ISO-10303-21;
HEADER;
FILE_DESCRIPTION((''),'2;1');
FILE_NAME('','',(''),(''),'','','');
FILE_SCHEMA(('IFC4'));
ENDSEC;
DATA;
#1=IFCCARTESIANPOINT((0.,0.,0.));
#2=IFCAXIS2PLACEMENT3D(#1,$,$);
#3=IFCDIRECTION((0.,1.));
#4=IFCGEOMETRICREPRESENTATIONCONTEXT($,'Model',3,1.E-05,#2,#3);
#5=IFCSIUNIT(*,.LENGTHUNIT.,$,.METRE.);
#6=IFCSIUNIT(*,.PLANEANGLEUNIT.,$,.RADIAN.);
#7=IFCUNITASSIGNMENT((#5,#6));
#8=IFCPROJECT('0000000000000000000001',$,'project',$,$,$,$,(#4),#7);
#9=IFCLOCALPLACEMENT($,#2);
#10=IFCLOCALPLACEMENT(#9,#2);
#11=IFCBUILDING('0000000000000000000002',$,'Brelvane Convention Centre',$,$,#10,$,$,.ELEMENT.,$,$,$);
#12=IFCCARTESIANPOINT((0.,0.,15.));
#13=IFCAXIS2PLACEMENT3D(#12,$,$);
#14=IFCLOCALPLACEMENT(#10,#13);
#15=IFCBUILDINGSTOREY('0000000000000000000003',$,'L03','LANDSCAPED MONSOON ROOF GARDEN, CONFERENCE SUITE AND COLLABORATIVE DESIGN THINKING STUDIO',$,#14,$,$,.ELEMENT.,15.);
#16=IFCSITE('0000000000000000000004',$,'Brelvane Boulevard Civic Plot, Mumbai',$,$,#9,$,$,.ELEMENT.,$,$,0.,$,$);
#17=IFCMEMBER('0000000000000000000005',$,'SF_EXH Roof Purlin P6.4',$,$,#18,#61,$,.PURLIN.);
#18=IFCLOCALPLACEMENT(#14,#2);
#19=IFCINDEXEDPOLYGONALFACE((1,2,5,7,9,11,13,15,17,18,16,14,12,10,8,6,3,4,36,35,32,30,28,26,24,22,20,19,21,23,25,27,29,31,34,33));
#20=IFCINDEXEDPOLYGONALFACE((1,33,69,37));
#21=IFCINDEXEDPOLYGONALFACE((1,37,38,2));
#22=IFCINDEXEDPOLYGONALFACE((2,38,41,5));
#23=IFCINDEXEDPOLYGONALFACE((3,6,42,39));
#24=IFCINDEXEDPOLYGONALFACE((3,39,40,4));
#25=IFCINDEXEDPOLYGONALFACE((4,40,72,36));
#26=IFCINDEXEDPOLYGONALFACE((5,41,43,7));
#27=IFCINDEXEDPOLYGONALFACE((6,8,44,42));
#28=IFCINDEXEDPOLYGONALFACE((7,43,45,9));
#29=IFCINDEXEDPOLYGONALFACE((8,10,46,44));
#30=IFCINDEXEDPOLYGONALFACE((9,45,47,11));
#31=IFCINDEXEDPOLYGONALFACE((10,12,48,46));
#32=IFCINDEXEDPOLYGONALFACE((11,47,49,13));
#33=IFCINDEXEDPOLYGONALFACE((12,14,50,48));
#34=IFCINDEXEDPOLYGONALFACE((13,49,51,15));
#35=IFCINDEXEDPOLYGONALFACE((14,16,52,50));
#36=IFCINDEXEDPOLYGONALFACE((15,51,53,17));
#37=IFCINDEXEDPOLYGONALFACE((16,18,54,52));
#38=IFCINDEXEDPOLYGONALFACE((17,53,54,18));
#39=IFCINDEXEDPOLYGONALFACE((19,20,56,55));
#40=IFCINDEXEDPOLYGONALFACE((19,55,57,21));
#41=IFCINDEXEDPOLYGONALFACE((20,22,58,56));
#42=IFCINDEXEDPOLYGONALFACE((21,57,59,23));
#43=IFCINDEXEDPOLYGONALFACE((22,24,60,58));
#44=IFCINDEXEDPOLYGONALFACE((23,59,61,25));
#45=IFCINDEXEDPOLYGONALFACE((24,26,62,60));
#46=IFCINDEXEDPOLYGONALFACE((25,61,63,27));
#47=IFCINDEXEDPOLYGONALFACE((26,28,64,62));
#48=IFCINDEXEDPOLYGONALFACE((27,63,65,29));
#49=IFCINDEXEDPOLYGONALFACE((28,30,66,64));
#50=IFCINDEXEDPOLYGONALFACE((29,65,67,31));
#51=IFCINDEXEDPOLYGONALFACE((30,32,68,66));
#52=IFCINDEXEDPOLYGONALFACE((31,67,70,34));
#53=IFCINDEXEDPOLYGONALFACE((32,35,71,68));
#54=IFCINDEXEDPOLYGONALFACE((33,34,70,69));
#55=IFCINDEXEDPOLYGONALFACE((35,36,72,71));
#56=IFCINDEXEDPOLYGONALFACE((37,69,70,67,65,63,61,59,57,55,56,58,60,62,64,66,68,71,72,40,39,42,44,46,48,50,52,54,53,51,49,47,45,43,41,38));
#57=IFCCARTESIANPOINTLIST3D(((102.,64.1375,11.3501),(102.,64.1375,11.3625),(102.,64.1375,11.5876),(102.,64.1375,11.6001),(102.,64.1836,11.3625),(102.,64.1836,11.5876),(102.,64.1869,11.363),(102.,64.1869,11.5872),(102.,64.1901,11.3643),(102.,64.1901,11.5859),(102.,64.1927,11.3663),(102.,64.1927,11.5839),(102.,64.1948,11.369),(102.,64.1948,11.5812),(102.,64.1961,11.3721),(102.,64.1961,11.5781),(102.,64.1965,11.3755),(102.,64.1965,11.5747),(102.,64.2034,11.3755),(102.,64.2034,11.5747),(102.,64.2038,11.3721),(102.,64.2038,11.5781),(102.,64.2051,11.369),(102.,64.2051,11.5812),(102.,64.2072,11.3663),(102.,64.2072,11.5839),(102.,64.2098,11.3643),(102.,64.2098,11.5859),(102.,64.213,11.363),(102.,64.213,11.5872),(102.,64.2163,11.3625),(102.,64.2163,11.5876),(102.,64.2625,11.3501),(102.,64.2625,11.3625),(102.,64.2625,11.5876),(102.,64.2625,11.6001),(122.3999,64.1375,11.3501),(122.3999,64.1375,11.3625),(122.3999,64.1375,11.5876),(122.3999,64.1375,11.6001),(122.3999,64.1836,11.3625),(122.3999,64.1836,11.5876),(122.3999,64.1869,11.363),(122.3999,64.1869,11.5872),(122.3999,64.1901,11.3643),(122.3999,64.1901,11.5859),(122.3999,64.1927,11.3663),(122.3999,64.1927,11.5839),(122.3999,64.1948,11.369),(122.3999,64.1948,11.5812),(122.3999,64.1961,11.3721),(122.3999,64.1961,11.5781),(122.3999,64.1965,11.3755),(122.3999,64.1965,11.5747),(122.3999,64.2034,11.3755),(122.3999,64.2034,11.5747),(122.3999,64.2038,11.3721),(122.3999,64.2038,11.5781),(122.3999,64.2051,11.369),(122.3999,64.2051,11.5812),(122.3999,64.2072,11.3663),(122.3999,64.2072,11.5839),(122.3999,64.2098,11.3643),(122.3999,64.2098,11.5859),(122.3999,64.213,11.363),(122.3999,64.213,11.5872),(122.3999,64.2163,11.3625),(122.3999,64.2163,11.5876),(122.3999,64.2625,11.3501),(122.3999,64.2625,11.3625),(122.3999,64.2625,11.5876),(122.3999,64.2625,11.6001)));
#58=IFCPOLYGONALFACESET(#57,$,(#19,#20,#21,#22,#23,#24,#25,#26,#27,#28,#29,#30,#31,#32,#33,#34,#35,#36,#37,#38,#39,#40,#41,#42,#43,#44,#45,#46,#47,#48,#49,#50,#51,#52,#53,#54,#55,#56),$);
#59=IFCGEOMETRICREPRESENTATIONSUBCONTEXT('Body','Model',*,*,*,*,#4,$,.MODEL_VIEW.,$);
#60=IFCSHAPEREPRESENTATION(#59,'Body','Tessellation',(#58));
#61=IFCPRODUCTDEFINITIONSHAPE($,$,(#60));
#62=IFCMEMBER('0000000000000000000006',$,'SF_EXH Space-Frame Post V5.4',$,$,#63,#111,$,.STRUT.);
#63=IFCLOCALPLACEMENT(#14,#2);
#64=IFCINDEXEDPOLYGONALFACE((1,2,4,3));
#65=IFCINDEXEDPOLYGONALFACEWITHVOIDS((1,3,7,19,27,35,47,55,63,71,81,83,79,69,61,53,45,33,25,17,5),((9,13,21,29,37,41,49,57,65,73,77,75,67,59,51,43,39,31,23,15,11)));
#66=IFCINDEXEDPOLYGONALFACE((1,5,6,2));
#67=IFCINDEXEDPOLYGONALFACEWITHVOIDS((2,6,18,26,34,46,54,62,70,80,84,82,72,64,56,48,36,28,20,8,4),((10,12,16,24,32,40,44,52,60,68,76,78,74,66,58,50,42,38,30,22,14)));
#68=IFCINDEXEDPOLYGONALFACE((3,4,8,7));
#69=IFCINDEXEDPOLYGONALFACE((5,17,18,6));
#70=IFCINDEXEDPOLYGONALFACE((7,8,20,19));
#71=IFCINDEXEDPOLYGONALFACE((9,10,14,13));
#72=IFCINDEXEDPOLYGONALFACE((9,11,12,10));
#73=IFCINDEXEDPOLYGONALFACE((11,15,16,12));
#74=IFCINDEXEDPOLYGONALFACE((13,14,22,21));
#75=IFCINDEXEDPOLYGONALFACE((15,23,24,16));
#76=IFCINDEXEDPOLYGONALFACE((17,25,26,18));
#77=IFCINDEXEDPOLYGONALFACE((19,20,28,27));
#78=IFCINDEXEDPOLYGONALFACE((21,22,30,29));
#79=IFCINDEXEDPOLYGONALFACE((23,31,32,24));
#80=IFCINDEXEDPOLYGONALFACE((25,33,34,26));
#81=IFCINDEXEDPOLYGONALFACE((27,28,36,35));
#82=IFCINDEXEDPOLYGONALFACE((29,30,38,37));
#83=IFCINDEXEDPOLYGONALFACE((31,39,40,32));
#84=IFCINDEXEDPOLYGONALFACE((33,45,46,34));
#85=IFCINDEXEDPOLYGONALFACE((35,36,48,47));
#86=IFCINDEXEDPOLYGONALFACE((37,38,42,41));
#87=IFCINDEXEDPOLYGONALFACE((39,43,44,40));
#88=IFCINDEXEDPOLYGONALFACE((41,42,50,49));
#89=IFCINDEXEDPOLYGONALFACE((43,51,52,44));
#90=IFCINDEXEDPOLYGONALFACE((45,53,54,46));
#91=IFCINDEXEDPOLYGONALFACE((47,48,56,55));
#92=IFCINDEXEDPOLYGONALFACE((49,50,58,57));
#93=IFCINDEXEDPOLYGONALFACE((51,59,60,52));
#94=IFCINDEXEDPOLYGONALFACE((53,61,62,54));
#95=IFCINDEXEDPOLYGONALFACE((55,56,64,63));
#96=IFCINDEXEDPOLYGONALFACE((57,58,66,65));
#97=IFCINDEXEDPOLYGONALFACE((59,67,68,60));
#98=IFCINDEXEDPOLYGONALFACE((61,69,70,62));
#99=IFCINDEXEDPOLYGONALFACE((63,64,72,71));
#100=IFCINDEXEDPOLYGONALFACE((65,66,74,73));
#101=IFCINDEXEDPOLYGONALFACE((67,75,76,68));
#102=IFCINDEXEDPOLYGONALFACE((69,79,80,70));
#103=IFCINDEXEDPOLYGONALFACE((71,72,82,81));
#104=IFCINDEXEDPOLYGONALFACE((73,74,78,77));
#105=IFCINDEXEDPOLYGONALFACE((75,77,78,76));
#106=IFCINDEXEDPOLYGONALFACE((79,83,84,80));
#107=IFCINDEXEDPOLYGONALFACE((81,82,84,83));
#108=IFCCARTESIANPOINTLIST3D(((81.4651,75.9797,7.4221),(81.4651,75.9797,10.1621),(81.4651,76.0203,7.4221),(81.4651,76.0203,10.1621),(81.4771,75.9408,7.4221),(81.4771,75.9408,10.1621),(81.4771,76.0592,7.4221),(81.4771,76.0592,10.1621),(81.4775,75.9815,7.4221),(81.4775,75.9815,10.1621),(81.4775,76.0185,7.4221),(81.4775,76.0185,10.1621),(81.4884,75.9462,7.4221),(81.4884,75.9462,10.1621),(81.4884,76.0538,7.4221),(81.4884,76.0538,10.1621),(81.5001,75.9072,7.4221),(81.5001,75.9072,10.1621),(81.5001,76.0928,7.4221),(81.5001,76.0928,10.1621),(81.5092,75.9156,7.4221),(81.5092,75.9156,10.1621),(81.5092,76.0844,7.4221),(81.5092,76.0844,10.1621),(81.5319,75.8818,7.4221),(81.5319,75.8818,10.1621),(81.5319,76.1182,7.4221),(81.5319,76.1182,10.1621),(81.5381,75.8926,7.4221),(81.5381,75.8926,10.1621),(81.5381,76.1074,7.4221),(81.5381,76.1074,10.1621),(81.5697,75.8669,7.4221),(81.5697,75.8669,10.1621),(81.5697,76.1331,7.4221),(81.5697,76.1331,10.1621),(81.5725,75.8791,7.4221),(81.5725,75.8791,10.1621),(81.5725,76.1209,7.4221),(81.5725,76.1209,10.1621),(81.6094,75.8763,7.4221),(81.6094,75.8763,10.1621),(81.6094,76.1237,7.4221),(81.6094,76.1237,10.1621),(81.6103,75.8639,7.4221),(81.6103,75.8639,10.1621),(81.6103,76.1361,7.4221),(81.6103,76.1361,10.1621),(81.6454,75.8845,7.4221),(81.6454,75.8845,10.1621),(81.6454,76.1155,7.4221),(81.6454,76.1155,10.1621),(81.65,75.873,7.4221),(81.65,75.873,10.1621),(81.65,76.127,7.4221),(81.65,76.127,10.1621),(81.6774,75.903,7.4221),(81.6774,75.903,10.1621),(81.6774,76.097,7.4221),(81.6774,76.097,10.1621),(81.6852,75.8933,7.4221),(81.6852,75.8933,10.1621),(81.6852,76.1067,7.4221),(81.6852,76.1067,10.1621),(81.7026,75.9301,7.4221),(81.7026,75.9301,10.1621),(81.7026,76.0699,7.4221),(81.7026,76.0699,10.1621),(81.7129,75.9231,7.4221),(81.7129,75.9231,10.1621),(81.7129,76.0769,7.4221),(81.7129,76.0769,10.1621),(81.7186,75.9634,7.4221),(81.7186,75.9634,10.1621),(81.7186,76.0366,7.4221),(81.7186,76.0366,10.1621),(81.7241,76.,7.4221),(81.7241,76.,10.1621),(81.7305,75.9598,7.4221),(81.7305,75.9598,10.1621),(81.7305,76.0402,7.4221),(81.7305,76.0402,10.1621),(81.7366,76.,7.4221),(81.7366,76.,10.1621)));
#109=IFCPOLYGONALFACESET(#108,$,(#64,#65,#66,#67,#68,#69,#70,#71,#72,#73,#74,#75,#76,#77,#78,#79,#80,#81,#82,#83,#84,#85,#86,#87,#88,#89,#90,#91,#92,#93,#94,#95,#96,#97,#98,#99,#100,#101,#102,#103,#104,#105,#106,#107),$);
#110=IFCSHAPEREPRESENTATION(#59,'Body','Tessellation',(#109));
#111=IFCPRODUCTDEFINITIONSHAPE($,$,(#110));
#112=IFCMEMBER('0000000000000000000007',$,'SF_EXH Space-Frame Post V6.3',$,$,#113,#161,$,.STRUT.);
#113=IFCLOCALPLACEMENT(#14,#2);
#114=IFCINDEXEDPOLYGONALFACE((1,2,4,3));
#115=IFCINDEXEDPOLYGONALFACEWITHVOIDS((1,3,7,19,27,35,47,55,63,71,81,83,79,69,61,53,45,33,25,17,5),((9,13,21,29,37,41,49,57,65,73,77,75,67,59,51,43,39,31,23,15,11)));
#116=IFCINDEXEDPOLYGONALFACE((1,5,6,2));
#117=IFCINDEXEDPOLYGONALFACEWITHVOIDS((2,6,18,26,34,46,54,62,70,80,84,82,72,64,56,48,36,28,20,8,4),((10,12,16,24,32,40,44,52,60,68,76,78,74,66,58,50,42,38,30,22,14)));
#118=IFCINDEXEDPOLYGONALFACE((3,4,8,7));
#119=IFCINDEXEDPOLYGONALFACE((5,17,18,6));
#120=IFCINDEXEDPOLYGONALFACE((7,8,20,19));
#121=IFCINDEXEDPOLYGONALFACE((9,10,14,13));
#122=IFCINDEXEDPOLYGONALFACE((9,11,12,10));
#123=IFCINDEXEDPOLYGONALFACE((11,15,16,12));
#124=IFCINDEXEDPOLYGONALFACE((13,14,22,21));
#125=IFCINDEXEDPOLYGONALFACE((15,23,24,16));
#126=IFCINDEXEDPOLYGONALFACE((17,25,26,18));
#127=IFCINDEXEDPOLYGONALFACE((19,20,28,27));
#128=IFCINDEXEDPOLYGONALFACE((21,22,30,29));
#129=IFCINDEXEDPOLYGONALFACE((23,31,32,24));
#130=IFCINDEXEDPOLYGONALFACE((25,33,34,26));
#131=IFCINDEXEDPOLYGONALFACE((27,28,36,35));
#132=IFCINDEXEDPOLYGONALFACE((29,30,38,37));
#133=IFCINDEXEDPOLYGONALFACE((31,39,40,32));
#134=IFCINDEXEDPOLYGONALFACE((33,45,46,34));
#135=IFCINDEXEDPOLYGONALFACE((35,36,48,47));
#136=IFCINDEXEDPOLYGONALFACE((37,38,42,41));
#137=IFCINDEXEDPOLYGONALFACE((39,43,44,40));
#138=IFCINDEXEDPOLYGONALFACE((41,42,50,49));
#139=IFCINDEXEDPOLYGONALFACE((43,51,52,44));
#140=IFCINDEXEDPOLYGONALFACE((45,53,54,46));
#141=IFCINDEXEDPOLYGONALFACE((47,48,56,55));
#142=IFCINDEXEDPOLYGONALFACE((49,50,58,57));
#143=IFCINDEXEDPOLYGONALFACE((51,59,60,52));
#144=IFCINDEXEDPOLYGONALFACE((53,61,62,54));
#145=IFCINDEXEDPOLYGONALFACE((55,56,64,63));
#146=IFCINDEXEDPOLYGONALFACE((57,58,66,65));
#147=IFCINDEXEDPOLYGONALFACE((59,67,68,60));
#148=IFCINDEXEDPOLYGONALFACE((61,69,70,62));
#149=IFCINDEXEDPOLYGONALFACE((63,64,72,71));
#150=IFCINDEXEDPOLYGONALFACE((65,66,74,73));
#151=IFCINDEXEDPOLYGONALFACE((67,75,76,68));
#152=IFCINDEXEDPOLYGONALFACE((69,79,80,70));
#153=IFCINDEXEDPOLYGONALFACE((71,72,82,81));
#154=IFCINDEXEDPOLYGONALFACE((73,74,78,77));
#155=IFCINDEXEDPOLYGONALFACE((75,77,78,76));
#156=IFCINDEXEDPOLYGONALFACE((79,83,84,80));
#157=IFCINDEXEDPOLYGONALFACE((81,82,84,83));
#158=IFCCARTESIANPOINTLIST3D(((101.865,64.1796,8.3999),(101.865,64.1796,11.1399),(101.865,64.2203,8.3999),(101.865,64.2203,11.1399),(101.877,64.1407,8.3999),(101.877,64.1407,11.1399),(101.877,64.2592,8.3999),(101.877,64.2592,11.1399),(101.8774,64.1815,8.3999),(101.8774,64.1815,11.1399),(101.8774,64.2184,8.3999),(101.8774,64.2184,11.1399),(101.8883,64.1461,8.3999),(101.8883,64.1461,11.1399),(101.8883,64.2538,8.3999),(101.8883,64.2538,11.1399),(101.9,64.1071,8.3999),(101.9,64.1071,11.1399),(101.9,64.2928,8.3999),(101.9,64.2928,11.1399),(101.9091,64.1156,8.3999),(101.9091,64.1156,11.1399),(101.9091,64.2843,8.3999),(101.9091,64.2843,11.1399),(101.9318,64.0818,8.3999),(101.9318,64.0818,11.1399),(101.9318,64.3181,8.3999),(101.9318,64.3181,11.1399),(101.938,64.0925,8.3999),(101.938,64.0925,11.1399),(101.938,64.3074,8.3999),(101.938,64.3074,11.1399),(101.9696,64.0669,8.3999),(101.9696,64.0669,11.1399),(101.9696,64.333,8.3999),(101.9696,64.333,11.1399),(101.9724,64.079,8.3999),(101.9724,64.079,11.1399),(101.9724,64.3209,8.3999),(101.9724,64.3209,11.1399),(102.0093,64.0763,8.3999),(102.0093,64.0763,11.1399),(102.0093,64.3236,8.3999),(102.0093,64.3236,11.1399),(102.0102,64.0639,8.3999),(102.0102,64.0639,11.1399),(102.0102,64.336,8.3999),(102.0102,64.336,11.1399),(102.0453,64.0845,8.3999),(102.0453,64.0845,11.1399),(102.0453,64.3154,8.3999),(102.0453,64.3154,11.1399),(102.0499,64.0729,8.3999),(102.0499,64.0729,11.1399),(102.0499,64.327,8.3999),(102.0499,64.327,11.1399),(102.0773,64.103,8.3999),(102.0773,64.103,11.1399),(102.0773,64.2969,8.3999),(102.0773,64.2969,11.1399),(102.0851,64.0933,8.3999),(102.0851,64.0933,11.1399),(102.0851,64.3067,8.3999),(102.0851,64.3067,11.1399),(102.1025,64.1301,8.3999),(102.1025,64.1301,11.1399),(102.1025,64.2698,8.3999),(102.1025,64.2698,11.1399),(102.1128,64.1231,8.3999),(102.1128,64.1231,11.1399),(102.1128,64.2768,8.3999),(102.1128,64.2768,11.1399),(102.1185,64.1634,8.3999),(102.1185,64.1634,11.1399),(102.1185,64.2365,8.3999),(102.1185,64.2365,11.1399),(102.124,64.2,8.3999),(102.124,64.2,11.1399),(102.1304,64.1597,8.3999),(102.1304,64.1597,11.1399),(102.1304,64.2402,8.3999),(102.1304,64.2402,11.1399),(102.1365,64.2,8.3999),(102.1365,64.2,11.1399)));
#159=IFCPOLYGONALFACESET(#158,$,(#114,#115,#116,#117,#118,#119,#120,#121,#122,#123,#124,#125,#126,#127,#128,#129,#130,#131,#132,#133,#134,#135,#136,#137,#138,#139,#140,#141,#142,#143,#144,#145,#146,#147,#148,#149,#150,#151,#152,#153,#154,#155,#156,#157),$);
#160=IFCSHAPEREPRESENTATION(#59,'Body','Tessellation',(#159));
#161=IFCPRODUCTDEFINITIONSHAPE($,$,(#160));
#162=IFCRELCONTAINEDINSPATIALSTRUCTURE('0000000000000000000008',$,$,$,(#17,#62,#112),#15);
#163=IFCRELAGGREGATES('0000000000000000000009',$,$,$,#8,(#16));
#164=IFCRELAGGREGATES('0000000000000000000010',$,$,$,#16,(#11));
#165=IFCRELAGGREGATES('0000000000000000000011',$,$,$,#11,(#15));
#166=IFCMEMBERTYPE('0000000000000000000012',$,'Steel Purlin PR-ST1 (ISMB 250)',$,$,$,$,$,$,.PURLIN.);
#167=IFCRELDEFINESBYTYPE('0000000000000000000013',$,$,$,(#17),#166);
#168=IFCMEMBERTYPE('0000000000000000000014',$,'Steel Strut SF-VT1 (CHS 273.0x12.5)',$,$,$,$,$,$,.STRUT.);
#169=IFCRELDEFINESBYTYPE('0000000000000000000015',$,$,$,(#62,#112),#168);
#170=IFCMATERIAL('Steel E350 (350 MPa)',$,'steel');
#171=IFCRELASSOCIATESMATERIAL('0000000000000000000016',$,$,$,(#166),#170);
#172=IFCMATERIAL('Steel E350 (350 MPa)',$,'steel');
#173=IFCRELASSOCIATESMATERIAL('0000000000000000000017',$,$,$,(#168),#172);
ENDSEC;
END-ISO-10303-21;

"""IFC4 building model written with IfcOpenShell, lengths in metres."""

from ifc_helpers import new_model, si_unit, direction, frame, origin, origin_2d, place, context, subcontext, project, spatial, hollow_circle, i_section, extrude, material, material_profile, profile_set, type_object, element, save


model = new_model("IFC4")

# Units and contexts
model_context = context("Model", 3, precision=1e-05, world=origin(), true_north=direction((0.0, 1.0)))
body_context = subcontext(model_context, "Body", "Model", "MODEL_VIEW")
ifc_project = project(units=[si_unit("LENGTHUNIT", "METRE"), si_unit("PLANEANGLEUNIT", "RADIAN")], contexts=[model_context])

# Site, building, storey
site_placement = place(None, origin())
site = spatial("IfcSite", under=ifc_project, at=site_placement, Name="Brelvane Boulevard Civic Plot, Mumbai", CompositionType="ELEMENT", RefElevation=0.0)
building_placement = place(site_placement, origin())
building = spatial("IfcBuilding", under=site, at=building_placement, Name="Brelvane Convention Centre", CompositionType="ELEMENT")
storey_placement = place(building_placement, frame((0.0, 0.0, 15.0)))
storey = spatial("IfcBuildingStorey", under=building, at=storey_placement, Name="L03", Description="LANDSCAPED MONSOON ROOF GARDEN, CONFERENCE SUITE AND COLLABORATIVE DESIGN THINKING STUDIO", CompositionType="ELEMENT", Elevation=15.0)

# Members
ifc_material_1 = material(Name="Steel E350 (350 MPa)", Category="steel")
ifc_material_profile_1 = material_profile(ifc_material_1, i_section(OverallWidth=0.125, OverallDepth=0.25, WebThickness=0.0068, FlangeThickness=0.0125, FilletRadius=0.0129, at=origin_2d()), Name="ISMB 250")
ifc_profile_set_1 = profile_set([ifc_material_profile_1], Name="Steel E350 (350 MPa)")
member_type_1 = type_object("IfcMemberType", Name="Steel Purlin PR-ST1 (ISMB 250)", PredefinedType="PURLIN", material=ifc_profile_set_1)
for number, where, z_axis, x_axis, name in (
    (1, (102.0, 64.2, 11.4751), (1.0, 0.0, 0.0), (0.0, 1.0, 0.0), "SF_EXH Roof Purlin P6.4"),
):
    element("IfcMember", number, at=place(storey_placement, frame(where, z_axis=z_axis, x_axis=x_axis)), inside=storey, type_object=member_type_1, Name=name, PredefinedType="PURLIN", context=body_context, shape_type="SweptSolid", body=[
        extrude(i_section(OverallWidth=0.125, OverallDepth=0.25, WebThickness=0.0068, FlangeThickness=0.0125, FilletRadius=0.0129, at=origin_2d()), origin(), (0.0, 0.0, 1.0), 20.3999),
    ])
ifc_material_2 = material(Name="Steel E350 (350 MPa)", Category="steel")
ifc_material_profile_2 = material_profile(ifc_material_2, hollow_circle(Radius=0.1365, WallThickness=0.0125, at=origin_2d()), Name="CHS 273.0x12.5")
ifc_profile_set_2 = profile_set([ifc_material_profile_2], Name="Steel E350 (350 MPa)")
member_type_2 = type_object("IfcMemberType", Name="Steel Strut SF-VT1 (CHS 273.0x12.5)", PredefinedType="STRUT", material=ifc_profile_set_2)
for number, where, z_axis, x_axis, name in (
    (2, (81.6001, 76.0, 7.4221), (0.0, 0.0, 1.0), (1.0, 0.0, 0.0), "SF_EXH Space-Frame Post V5.4"),
    (3, (102.0, 64.2, 8.3999), (0.0, 0.0, 1.0), (1.0, 0.0, 0.0), "SF_EXH Space-Frame Post V6.3"),
):
    element("IfcMember", number, at=place(storey_placement, frame(where, z_axis=z_axis, x_axis=x_axis)), inside=storey, type_object=member_type_2, Name=name, PredefinedType="STRUT", context=body_context, shape_type="SweptSolid", body=[
        extrude(hollow_circle(Radius=0.1365, WallThickness=0.0125, at=origin_2d()), origin(), (0.0, 0.0, 1.0), 2.74),
    ])

save(model, "model.ifc")
